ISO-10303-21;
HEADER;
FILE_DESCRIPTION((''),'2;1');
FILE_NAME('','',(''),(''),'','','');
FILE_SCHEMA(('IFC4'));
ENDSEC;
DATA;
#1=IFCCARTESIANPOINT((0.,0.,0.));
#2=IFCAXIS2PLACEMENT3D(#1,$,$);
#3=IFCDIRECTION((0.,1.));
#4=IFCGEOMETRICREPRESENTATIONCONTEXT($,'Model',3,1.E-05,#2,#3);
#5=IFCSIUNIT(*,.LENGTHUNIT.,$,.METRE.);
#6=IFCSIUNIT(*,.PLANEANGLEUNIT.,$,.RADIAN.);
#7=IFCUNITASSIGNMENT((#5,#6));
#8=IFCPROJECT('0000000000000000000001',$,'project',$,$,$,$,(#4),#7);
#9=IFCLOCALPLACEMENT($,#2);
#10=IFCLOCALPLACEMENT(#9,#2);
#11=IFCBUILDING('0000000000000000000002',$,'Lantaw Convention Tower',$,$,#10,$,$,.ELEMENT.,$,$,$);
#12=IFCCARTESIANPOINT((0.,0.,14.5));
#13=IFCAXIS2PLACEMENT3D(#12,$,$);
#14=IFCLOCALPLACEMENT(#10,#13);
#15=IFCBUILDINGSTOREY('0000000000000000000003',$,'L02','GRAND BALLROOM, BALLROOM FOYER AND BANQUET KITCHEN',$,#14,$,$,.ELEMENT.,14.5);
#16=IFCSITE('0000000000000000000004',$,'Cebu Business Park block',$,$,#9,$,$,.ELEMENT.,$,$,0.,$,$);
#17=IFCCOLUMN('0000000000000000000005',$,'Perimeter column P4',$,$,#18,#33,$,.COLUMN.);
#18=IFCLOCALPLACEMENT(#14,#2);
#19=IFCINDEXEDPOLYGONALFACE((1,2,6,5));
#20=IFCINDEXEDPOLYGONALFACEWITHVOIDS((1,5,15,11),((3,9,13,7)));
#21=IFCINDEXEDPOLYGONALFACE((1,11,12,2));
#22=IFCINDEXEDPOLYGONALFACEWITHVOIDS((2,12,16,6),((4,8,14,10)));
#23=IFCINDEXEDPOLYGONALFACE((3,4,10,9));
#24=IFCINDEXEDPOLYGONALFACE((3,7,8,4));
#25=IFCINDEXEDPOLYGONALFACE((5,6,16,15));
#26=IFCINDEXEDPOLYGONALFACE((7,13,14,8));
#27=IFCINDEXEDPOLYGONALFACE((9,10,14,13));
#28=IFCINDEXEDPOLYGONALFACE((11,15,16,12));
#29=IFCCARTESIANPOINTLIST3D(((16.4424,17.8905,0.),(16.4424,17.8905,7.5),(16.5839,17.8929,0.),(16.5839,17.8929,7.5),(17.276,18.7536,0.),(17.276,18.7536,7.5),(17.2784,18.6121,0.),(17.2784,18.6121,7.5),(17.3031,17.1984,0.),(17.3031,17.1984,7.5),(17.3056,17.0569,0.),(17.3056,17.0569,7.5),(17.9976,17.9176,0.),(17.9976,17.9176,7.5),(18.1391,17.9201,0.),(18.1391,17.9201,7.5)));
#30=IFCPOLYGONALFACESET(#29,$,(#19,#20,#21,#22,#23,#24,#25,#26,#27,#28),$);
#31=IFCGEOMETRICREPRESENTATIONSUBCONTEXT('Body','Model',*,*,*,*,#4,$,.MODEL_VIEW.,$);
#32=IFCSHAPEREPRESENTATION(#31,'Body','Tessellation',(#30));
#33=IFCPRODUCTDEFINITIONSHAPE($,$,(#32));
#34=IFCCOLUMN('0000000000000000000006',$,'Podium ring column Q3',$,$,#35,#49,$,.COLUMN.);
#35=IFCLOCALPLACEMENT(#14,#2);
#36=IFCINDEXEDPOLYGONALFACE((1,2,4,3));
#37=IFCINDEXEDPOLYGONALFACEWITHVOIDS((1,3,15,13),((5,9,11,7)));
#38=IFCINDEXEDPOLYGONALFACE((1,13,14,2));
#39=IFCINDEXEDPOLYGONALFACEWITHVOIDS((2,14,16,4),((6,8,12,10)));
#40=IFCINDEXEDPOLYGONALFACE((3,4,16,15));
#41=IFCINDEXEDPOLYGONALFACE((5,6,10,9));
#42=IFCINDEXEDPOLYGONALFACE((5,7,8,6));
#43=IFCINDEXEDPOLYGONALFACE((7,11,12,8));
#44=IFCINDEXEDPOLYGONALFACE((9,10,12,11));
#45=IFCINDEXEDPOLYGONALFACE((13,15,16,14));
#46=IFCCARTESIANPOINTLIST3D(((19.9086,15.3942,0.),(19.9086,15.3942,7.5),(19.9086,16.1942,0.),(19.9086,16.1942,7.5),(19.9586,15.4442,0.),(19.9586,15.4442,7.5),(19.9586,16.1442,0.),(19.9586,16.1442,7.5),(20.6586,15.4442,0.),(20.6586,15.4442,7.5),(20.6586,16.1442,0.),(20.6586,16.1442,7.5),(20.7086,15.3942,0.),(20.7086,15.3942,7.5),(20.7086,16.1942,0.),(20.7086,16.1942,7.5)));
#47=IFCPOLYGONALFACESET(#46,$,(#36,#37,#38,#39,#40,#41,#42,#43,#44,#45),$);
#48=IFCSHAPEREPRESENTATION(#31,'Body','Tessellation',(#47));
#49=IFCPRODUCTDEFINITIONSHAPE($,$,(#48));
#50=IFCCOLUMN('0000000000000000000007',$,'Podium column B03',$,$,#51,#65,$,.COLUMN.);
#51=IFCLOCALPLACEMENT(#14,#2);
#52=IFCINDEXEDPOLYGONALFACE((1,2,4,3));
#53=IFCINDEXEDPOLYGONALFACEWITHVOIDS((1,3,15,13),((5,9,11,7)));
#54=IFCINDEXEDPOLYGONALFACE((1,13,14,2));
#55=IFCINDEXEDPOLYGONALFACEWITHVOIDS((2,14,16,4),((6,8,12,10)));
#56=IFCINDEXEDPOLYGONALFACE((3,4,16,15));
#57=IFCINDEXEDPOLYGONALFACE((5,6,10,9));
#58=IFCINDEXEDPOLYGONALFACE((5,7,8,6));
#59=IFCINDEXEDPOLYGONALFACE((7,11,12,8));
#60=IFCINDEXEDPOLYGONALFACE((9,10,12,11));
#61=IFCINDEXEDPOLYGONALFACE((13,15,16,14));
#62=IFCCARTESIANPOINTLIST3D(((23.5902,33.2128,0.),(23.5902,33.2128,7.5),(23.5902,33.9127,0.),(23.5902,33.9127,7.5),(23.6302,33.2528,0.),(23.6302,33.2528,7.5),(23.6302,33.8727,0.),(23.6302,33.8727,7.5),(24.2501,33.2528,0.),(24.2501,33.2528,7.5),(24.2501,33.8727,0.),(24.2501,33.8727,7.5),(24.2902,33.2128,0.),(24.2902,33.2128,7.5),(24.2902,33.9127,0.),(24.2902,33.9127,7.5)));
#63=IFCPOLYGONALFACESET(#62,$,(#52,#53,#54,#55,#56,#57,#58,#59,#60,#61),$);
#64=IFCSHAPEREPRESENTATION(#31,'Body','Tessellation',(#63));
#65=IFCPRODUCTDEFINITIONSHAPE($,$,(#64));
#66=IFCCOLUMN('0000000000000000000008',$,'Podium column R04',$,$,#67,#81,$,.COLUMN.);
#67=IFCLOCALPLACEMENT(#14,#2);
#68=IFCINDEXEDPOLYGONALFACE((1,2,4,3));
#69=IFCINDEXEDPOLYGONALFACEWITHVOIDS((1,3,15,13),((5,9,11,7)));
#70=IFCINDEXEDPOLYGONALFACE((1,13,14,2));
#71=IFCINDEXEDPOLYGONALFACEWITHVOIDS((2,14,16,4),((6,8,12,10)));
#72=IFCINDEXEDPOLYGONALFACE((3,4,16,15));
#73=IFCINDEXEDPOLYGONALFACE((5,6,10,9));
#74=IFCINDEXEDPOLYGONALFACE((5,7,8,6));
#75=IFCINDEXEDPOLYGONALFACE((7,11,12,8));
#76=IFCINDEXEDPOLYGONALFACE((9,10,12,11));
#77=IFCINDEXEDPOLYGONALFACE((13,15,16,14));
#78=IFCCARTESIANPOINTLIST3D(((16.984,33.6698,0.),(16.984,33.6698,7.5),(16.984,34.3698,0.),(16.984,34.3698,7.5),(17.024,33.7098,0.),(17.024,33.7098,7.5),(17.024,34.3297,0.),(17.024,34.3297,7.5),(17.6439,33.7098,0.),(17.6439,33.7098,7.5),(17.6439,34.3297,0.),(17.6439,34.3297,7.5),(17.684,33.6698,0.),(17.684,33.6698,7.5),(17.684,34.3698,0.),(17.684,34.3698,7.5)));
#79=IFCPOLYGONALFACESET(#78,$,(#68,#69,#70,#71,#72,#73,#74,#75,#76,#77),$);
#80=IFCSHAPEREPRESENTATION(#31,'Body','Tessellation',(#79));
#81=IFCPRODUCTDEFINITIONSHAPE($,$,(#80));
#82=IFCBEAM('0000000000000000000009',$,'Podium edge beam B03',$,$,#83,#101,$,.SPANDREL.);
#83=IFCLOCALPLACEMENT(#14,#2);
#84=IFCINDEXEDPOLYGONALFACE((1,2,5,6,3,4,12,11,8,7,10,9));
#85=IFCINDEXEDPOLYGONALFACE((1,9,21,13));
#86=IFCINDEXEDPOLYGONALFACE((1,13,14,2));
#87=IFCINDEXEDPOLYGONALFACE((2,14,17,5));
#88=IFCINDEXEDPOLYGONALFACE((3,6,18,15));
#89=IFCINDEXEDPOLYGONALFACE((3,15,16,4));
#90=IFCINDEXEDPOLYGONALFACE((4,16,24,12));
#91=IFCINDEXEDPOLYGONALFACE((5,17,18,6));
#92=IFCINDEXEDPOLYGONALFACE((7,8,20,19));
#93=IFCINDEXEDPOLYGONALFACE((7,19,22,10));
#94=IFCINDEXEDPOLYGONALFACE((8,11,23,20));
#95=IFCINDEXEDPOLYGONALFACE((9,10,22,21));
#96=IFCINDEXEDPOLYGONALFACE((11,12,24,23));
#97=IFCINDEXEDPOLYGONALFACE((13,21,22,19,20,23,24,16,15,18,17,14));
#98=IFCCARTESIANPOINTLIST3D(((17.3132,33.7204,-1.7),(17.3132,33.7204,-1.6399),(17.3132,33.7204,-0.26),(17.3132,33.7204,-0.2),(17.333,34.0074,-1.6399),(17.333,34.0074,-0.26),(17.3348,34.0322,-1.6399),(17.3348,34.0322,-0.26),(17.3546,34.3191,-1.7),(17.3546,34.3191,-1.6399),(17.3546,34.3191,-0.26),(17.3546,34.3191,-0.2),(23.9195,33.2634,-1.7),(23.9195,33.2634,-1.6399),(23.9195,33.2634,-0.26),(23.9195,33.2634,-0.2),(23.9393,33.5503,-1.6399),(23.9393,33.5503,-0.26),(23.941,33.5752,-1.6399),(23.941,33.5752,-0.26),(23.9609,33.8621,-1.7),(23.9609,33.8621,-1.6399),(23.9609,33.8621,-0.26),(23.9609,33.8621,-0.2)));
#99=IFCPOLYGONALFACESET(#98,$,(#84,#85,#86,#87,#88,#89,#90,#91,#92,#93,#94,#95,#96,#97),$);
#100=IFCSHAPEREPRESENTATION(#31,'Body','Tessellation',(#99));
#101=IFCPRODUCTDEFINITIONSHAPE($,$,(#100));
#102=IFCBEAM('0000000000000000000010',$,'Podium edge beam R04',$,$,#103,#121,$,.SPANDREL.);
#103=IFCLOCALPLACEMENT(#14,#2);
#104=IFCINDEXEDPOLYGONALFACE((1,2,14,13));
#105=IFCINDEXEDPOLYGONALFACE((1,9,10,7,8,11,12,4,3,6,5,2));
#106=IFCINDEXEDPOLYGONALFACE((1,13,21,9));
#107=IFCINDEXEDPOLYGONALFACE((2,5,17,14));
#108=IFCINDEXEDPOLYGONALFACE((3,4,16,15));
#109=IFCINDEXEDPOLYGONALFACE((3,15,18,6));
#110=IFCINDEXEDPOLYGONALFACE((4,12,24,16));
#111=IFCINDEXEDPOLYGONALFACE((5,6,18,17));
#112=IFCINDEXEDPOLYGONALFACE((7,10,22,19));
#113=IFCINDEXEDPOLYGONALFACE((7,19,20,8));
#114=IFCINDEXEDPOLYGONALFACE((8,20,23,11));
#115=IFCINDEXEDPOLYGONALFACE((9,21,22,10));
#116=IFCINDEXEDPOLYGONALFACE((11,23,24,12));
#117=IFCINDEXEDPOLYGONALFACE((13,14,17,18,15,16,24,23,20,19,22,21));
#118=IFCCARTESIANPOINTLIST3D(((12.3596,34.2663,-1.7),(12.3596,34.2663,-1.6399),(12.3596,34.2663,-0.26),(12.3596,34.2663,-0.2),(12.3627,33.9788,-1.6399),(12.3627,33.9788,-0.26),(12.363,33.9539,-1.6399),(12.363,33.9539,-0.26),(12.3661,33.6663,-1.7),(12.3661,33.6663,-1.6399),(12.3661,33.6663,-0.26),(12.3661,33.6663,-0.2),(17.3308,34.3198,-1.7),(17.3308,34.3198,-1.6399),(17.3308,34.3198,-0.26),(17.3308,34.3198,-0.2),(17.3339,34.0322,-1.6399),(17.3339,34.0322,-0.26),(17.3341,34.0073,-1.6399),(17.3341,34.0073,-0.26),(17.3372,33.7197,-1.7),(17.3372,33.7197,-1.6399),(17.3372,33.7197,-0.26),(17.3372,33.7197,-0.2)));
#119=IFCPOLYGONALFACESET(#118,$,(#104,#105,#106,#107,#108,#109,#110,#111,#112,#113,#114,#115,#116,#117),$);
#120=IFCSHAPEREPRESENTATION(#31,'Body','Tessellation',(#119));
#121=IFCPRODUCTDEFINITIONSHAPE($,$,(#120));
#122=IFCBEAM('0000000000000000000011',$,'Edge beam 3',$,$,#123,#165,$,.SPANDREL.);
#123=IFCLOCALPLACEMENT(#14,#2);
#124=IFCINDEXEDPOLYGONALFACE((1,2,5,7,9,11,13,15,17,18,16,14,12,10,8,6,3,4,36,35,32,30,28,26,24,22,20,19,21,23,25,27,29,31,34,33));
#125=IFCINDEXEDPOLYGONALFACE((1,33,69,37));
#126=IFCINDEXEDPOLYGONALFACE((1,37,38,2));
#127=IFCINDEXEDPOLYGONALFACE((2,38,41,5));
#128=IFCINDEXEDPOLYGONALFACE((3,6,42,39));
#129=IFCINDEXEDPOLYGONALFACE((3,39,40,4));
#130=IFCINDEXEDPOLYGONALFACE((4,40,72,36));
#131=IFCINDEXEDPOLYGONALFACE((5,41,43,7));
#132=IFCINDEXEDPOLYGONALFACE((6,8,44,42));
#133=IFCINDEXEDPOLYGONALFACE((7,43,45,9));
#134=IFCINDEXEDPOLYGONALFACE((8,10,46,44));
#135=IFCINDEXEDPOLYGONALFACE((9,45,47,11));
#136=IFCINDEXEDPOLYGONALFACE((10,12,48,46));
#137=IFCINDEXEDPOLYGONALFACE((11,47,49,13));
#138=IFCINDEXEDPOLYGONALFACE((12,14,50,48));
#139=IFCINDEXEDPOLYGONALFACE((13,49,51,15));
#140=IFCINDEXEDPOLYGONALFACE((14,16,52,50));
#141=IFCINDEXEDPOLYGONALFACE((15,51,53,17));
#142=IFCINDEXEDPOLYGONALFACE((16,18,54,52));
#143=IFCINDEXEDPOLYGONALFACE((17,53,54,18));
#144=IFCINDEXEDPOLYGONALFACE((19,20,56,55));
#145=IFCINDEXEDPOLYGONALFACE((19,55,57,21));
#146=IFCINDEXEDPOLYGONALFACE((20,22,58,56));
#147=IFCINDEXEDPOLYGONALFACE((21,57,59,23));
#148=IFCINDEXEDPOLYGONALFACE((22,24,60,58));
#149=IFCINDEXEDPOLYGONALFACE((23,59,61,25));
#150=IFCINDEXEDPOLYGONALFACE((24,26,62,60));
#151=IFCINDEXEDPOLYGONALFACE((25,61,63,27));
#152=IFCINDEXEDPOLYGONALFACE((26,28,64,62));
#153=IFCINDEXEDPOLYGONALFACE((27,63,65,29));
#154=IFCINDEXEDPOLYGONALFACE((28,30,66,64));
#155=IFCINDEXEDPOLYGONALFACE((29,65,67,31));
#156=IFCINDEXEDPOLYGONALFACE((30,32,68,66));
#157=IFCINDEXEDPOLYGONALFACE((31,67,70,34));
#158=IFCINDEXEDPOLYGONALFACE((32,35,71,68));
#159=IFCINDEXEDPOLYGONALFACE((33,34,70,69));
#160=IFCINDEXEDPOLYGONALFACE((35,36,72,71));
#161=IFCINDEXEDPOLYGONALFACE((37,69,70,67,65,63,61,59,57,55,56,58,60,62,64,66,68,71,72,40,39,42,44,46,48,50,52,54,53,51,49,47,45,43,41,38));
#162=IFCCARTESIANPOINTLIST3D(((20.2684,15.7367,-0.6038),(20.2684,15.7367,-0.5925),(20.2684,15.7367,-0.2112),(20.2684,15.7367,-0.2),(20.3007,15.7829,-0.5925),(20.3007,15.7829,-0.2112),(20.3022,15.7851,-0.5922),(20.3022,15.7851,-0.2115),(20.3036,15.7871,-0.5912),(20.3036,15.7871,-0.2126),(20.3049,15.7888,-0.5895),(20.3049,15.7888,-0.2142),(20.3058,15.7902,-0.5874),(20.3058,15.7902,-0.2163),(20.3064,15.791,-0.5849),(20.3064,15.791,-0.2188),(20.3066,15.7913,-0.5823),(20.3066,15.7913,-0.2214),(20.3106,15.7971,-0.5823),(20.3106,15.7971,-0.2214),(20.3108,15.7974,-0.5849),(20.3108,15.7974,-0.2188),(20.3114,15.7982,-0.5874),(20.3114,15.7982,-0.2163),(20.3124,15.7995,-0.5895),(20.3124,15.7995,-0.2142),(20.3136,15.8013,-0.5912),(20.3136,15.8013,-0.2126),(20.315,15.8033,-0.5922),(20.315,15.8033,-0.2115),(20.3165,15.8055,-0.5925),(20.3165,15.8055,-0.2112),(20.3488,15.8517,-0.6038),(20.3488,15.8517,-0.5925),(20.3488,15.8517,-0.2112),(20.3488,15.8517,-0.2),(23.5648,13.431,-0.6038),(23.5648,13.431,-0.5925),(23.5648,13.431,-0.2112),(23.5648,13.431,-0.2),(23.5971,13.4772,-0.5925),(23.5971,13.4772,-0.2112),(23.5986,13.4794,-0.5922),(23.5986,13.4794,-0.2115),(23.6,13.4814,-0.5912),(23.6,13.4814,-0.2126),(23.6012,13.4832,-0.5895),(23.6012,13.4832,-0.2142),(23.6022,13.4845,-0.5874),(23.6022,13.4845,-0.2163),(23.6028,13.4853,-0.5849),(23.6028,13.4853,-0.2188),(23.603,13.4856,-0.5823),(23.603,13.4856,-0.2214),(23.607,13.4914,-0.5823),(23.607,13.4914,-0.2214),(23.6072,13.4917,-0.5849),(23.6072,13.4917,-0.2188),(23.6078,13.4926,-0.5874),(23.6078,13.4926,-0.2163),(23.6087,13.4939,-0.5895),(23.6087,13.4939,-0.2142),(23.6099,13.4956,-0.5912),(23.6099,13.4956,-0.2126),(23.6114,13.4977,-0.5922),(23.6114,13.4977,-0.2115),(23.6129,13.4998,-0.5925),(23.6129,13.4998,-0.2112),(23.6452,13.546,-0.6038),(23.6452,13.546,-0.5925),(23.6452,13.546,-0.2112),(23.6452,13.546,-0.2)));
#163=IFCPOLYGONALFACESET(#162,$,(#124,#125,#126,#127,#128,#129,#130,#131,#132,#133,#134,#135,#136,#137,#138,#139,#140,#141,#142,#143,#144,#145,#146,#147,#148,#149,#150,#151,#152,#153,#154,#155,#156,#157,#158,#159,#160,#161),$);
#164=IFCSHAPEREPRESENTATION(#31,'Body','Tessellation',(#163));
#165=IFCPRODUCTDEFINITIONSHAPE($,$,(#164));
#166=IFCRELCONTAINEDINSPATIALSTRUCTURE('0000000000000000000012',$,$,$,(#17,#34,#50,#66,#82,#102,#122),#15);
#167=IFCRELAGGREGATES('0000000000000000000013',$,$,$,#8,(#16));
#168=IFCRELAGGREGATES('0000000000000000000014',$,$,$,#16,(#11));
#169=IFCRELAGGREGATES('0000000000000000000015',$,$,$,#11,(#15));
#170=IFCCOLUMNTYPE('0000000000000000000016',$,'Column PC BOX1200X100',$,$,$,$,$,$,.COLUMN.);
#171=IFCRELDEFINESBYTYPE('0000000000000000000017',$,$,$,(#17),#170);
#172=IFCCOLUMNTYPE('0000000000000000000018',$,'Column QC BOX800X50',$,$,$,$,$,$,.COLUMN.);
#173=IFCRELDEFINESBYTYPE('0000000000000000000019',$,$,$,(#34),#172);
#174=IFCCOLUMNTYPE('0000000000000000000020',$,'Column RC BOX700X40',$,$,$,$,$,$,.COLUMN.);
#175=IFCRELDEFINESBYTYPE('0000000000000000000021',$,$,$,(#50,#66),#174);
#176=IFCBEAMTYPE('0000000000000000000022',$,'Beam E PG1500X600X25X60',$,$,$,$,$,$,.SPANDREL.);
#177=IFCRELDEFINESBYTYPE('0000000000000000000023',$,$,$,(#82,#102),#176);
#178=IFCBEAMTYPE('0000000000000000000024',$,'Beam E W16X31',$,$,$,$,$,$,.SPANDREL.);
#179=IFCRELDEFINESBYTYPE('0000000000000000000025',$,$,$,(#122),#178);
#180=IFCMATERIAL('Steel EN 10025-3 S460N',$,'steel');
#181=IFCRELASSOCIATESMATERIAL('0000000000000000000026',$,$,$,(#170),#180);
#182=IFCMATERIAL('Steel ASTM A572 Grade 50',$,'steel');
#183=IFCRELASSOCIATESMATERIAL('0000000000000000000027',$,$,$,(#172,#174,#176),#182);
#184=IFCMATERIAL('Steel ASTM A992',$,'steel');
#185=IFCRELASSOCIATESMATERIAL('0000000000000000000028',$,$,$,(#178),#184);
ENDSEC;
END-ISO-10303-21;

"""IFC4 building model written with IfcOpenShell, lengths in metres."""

from ifc_helpers import new_model, si_unit, direction, frame, origin, origin_2d, place, context, subcontext, project, spatial, rectangle, hollow_rectangle, i_section, extrude, material, material_profile, profile_set, type_object, element, save


model = new_model("IFC4")

# Units and contexts
model_context = context("Model", 3, precision=1e-05, world=origin(), true_north=direction((0.0, 1.0)))
body_context = subcontext(model_context, "Body", "Model", "MODEL_VIEW")
ifc_project = project(units=[si_unit("LENGTHUNIT", "METRE"), si_unit("PLANEANGLEUNIT", "RADIAN")], contexts=[model_context])

# Site, building, storey
site_placement = place(None, origin())
site = spatial("IfcSite", under=ifc_project, at=site_placement, Name="Cebu Business Park block", CompositionType="ELEMENT", RefElevation=0.0)
building_placement = place(site_placement, origin())
building = spatial("IfcBuilding", under=site, at=building_placement, Name="Lantaw Convention Tower", CompositionType="ELEMENT")
storey_placement = place(building_placement, frame((0.0, 0.0, 14.5)))
storey = spatial("IfcBuildingStorey", under=building, at=storey_placement, Name="L02", Description="GRAND BALLROOM, BALLROOM FOYER AND BANQUET KITCHEN", CompositionType="ELEMENT", Elevation=14.5)

# Columns
ifc_material_1 = material(Name="Steel EN 10025-3 S460N", Category="steel")
ifc_material_profile_1 = material_profile(ifc_material_1, hollow_rectangle(XDim=1.2, YDim=1.2, WallThickness=0.1001, at=origin_2d()), Name="BOX1200X100")
ifc_material_2 = material(Name="Concrete C60/75", Category="concrete")
ifc_material_profile_2 = material_profile(ifc_material_2, rectangle(XDim=1.0, YDim=1.0, at=origin_2d()), Name="Concrete fill of BOX1200X100")
ifc_profile_set_1 = profile_set([ifc_material_profile_1, ifc_material_profile_2], Name="Steel EN 10025-3 S460N")
column_type_1 = type_object("IfcColumnType", Name="Column PC BOX1200X100", PredefinedType="COLUMN", material=ifc_profile_set_1)
column_1_placement = place(storey_placement, frame((17.2908, 17.9053, 0.0), z_axis=(0.0, 0.0, 1.0), x_axis=(0.694658, 0.71934, 0.0)))
element("IfcColumn", 1, at=column_1_placement, inside=storey, type_object=column_type_1, Name="Perimeter column P4", PredefinedType="COLUMN", context=body_context, shape_type="SweptSolid", body=[
    extrude(hollow_rectangle(XDim=1.2, YDim=1.2, WallThickness=0.1001, at=origin_2d()), origin(), (0.0, 0.0, 1.0), 7.5),
])
ifc_material_3 = material(Name="Steel ASTM A572 Grade 50", Category="steel")
ifc_material_profile_3 = material_profile(ifc_material_3, hollow_rectangle(XDim=0.8, YDim=0.8, WallThickness=0.05, at=origin_2d()), Name="BOX800X50")
ifc_profile_set_2 = profile_set([ifc_material_profile_3], Name="Steel ASTM A572 Grade 50")
column_type_2 = type_object("IfcColumnType", Name="Column QC BOX800X50", PredefinedType="COLUMN", material=ifc_profile_set_2)
column_2_placement = place(storey_placement, frame((20.3086, 15.7942, 0.0), z_axis=(0.0, 0.0, 1.0), x_axis=(1.0, 0.0, 0.0)))
element("IfcColumn", 2, at=column_2_placement, inside=storey, type_object=column_type_2, Name="Podium ring column Q3", PredefinedType="COLUMN", context=body_context, shape_type="SweptSolid", body=[
    extrude(hollow_rectangle(XDim=0.8, YDim=0.8, WallThickness=0.05, at=origin_2d()), origin(), (0.0, 0.0, 1.0), 7.5),
])
ifc_material_profile_4 = material_profile(ifc_material_3, hollow_rectangle(XDim=0.7, YDim=0.7, WallThickness=0.04, at=origin_2d()), Name="BOX700X40")
ifc_profile_set_3 = profile_set([ifc_material_profile_4], Name="Steel ASTM A572 Grade 50")
column_type_3 = type_object("IfcColumnType", Name="Column RC BOX700X40", PredefinedType="COLUMN", material=ifc_profile_set_3)
for number, where, z_axis, x_axis, name in (
    (3, (23.9402, 33.5627, 0.0), (0.0, 0.0, 1.0), (1.0, 0.0, 0.0), "Podium column B03"),
    (4, (17.334, 34.0198, 0.0), (0.0, 0.0, 1.0), (1.0, 0.0, 0.0), "Podium column R04"),
):
    element("IfcColumn", number, at=place(storey_placement, frame(where, z_axis=z_axis, x_axis=x_axis)), inside=storey, type_object=column_type_3, Name=name, PredefinedType="COLUMN", context=body_context, shape_type="SweptSolid", body=[
        extrude(hollow_rectangle(XDim=0.7, YDim=0.7, WallThickness=0.04, at=origin_2d()), origin(), (0.0, 0.0, 1.0), 7.5),
    ])

# Beams
ifc_material_profile_5 = material_profile(ifc_material_3, i_section(OverallWidth=0.6001, OverallDepth=1.5, WebThickness=0.0249, FlangeThickness=0.0601, at=origin_2d()), Name="PG1500X600X25X60")
ifc_profile_set_4 = profile_set([ifc_material_profile_5], Name="Steel ASTM A572 Grade 50")
beam_type_1 = type_object("IfcBeamType", Name="Beam E PG1500X600X25X60", PredefinedType="SPANDREL", material=ifc_profile_set_4)
beam_1_placement = place(storey_placement, frame((23.9402, 33.5627, -0.95), z_axis=(-0.997615, 0.069017, 0.0), x_axis=(-0.069017, -0.997615, 0.0)))
element("IfcBeam", 5, at=beam_1_placement, inside=storey, type_object=beam_type_1, Name="Podium edge beam B03", PredefinedType="SPANDREL", context=body_context, shape_type="SweptSolid", body=[
    extrude(i_section(OverallWidth=0.6001, OverallDepth=1.5, WebThickness=0.0249, FlangeThickness=0.0601, at=origin_2d()), origin(), (0.0, 0.0, 1.0), 6.6221),
])
beam_2_placement = place(storey_placement, frame((17.334, 34.0198, -0.95), z_axis=(-0.999942, -0.010755, 0.0), x_axis=(0.010755, -0.999942, 0.0)))
element("IfcBeam", 6, at=beam_2_placement, inside=storey, type_object=beam_type_1, Name="Podium edge beam R04", PredefinedType="SPANDREL", context=body_context, shape_type="SweptSolid", body=[
    extrude(i_section(OverallWidth=0.6001, OverallDepth=1.5, WebThickness=0.0249, FlangeThickness=0.0601, at=origin_2d()), origin(), (0.0, 0.0, 1.0), 4.9714),
])
ifc_material_4 = material(Name="Steel ASTM A992", Category="steel")
ifc_material_profile_6 = material_profile(ifc_material_4, i_section(OverallWidth=0.1404, OverallDepth=0.4038, WebThickness=0.0071, FlangeThickness=0.0112, FilletRadius=0.0103, at=origin_2d()), Name="W16X31")
ifc_profile_set_5 = profile_set([ifc_material_profile_6], Name="Steel ASTM A992")
beam_type_2 = type_object("IfcBeamType", Name="Beam E W16X31", PredefinedType="SPANDREL", material=ifc_profile_set_5)
beam_3_placement = place(storey_placement, frame((23.605, 13.4885, -0.4019), z_axis=(-0.819443, 0.573161, 0.0), x_axis=(-0.573161, -0.819443, 0.0)))
element("IfcBeam", 7, at=beam_3_placement, inside=storey, type_object=beam_type_2, Name="Edge beam 3", PredefinedType="SPANDREL", context=body_context, shape_type="SweptSolid", body=[
    extrude(i_section(OverallWidth=0.1404, OverallDepth=0.4038, WebThickness=0.0071, FlangeThickness=0.0112, FilletRadius=0.0103, at=origin_2d()), origin(), (0.0, 0.0, 1.0), 4.0227),
])

save(model, "model.ifc")
